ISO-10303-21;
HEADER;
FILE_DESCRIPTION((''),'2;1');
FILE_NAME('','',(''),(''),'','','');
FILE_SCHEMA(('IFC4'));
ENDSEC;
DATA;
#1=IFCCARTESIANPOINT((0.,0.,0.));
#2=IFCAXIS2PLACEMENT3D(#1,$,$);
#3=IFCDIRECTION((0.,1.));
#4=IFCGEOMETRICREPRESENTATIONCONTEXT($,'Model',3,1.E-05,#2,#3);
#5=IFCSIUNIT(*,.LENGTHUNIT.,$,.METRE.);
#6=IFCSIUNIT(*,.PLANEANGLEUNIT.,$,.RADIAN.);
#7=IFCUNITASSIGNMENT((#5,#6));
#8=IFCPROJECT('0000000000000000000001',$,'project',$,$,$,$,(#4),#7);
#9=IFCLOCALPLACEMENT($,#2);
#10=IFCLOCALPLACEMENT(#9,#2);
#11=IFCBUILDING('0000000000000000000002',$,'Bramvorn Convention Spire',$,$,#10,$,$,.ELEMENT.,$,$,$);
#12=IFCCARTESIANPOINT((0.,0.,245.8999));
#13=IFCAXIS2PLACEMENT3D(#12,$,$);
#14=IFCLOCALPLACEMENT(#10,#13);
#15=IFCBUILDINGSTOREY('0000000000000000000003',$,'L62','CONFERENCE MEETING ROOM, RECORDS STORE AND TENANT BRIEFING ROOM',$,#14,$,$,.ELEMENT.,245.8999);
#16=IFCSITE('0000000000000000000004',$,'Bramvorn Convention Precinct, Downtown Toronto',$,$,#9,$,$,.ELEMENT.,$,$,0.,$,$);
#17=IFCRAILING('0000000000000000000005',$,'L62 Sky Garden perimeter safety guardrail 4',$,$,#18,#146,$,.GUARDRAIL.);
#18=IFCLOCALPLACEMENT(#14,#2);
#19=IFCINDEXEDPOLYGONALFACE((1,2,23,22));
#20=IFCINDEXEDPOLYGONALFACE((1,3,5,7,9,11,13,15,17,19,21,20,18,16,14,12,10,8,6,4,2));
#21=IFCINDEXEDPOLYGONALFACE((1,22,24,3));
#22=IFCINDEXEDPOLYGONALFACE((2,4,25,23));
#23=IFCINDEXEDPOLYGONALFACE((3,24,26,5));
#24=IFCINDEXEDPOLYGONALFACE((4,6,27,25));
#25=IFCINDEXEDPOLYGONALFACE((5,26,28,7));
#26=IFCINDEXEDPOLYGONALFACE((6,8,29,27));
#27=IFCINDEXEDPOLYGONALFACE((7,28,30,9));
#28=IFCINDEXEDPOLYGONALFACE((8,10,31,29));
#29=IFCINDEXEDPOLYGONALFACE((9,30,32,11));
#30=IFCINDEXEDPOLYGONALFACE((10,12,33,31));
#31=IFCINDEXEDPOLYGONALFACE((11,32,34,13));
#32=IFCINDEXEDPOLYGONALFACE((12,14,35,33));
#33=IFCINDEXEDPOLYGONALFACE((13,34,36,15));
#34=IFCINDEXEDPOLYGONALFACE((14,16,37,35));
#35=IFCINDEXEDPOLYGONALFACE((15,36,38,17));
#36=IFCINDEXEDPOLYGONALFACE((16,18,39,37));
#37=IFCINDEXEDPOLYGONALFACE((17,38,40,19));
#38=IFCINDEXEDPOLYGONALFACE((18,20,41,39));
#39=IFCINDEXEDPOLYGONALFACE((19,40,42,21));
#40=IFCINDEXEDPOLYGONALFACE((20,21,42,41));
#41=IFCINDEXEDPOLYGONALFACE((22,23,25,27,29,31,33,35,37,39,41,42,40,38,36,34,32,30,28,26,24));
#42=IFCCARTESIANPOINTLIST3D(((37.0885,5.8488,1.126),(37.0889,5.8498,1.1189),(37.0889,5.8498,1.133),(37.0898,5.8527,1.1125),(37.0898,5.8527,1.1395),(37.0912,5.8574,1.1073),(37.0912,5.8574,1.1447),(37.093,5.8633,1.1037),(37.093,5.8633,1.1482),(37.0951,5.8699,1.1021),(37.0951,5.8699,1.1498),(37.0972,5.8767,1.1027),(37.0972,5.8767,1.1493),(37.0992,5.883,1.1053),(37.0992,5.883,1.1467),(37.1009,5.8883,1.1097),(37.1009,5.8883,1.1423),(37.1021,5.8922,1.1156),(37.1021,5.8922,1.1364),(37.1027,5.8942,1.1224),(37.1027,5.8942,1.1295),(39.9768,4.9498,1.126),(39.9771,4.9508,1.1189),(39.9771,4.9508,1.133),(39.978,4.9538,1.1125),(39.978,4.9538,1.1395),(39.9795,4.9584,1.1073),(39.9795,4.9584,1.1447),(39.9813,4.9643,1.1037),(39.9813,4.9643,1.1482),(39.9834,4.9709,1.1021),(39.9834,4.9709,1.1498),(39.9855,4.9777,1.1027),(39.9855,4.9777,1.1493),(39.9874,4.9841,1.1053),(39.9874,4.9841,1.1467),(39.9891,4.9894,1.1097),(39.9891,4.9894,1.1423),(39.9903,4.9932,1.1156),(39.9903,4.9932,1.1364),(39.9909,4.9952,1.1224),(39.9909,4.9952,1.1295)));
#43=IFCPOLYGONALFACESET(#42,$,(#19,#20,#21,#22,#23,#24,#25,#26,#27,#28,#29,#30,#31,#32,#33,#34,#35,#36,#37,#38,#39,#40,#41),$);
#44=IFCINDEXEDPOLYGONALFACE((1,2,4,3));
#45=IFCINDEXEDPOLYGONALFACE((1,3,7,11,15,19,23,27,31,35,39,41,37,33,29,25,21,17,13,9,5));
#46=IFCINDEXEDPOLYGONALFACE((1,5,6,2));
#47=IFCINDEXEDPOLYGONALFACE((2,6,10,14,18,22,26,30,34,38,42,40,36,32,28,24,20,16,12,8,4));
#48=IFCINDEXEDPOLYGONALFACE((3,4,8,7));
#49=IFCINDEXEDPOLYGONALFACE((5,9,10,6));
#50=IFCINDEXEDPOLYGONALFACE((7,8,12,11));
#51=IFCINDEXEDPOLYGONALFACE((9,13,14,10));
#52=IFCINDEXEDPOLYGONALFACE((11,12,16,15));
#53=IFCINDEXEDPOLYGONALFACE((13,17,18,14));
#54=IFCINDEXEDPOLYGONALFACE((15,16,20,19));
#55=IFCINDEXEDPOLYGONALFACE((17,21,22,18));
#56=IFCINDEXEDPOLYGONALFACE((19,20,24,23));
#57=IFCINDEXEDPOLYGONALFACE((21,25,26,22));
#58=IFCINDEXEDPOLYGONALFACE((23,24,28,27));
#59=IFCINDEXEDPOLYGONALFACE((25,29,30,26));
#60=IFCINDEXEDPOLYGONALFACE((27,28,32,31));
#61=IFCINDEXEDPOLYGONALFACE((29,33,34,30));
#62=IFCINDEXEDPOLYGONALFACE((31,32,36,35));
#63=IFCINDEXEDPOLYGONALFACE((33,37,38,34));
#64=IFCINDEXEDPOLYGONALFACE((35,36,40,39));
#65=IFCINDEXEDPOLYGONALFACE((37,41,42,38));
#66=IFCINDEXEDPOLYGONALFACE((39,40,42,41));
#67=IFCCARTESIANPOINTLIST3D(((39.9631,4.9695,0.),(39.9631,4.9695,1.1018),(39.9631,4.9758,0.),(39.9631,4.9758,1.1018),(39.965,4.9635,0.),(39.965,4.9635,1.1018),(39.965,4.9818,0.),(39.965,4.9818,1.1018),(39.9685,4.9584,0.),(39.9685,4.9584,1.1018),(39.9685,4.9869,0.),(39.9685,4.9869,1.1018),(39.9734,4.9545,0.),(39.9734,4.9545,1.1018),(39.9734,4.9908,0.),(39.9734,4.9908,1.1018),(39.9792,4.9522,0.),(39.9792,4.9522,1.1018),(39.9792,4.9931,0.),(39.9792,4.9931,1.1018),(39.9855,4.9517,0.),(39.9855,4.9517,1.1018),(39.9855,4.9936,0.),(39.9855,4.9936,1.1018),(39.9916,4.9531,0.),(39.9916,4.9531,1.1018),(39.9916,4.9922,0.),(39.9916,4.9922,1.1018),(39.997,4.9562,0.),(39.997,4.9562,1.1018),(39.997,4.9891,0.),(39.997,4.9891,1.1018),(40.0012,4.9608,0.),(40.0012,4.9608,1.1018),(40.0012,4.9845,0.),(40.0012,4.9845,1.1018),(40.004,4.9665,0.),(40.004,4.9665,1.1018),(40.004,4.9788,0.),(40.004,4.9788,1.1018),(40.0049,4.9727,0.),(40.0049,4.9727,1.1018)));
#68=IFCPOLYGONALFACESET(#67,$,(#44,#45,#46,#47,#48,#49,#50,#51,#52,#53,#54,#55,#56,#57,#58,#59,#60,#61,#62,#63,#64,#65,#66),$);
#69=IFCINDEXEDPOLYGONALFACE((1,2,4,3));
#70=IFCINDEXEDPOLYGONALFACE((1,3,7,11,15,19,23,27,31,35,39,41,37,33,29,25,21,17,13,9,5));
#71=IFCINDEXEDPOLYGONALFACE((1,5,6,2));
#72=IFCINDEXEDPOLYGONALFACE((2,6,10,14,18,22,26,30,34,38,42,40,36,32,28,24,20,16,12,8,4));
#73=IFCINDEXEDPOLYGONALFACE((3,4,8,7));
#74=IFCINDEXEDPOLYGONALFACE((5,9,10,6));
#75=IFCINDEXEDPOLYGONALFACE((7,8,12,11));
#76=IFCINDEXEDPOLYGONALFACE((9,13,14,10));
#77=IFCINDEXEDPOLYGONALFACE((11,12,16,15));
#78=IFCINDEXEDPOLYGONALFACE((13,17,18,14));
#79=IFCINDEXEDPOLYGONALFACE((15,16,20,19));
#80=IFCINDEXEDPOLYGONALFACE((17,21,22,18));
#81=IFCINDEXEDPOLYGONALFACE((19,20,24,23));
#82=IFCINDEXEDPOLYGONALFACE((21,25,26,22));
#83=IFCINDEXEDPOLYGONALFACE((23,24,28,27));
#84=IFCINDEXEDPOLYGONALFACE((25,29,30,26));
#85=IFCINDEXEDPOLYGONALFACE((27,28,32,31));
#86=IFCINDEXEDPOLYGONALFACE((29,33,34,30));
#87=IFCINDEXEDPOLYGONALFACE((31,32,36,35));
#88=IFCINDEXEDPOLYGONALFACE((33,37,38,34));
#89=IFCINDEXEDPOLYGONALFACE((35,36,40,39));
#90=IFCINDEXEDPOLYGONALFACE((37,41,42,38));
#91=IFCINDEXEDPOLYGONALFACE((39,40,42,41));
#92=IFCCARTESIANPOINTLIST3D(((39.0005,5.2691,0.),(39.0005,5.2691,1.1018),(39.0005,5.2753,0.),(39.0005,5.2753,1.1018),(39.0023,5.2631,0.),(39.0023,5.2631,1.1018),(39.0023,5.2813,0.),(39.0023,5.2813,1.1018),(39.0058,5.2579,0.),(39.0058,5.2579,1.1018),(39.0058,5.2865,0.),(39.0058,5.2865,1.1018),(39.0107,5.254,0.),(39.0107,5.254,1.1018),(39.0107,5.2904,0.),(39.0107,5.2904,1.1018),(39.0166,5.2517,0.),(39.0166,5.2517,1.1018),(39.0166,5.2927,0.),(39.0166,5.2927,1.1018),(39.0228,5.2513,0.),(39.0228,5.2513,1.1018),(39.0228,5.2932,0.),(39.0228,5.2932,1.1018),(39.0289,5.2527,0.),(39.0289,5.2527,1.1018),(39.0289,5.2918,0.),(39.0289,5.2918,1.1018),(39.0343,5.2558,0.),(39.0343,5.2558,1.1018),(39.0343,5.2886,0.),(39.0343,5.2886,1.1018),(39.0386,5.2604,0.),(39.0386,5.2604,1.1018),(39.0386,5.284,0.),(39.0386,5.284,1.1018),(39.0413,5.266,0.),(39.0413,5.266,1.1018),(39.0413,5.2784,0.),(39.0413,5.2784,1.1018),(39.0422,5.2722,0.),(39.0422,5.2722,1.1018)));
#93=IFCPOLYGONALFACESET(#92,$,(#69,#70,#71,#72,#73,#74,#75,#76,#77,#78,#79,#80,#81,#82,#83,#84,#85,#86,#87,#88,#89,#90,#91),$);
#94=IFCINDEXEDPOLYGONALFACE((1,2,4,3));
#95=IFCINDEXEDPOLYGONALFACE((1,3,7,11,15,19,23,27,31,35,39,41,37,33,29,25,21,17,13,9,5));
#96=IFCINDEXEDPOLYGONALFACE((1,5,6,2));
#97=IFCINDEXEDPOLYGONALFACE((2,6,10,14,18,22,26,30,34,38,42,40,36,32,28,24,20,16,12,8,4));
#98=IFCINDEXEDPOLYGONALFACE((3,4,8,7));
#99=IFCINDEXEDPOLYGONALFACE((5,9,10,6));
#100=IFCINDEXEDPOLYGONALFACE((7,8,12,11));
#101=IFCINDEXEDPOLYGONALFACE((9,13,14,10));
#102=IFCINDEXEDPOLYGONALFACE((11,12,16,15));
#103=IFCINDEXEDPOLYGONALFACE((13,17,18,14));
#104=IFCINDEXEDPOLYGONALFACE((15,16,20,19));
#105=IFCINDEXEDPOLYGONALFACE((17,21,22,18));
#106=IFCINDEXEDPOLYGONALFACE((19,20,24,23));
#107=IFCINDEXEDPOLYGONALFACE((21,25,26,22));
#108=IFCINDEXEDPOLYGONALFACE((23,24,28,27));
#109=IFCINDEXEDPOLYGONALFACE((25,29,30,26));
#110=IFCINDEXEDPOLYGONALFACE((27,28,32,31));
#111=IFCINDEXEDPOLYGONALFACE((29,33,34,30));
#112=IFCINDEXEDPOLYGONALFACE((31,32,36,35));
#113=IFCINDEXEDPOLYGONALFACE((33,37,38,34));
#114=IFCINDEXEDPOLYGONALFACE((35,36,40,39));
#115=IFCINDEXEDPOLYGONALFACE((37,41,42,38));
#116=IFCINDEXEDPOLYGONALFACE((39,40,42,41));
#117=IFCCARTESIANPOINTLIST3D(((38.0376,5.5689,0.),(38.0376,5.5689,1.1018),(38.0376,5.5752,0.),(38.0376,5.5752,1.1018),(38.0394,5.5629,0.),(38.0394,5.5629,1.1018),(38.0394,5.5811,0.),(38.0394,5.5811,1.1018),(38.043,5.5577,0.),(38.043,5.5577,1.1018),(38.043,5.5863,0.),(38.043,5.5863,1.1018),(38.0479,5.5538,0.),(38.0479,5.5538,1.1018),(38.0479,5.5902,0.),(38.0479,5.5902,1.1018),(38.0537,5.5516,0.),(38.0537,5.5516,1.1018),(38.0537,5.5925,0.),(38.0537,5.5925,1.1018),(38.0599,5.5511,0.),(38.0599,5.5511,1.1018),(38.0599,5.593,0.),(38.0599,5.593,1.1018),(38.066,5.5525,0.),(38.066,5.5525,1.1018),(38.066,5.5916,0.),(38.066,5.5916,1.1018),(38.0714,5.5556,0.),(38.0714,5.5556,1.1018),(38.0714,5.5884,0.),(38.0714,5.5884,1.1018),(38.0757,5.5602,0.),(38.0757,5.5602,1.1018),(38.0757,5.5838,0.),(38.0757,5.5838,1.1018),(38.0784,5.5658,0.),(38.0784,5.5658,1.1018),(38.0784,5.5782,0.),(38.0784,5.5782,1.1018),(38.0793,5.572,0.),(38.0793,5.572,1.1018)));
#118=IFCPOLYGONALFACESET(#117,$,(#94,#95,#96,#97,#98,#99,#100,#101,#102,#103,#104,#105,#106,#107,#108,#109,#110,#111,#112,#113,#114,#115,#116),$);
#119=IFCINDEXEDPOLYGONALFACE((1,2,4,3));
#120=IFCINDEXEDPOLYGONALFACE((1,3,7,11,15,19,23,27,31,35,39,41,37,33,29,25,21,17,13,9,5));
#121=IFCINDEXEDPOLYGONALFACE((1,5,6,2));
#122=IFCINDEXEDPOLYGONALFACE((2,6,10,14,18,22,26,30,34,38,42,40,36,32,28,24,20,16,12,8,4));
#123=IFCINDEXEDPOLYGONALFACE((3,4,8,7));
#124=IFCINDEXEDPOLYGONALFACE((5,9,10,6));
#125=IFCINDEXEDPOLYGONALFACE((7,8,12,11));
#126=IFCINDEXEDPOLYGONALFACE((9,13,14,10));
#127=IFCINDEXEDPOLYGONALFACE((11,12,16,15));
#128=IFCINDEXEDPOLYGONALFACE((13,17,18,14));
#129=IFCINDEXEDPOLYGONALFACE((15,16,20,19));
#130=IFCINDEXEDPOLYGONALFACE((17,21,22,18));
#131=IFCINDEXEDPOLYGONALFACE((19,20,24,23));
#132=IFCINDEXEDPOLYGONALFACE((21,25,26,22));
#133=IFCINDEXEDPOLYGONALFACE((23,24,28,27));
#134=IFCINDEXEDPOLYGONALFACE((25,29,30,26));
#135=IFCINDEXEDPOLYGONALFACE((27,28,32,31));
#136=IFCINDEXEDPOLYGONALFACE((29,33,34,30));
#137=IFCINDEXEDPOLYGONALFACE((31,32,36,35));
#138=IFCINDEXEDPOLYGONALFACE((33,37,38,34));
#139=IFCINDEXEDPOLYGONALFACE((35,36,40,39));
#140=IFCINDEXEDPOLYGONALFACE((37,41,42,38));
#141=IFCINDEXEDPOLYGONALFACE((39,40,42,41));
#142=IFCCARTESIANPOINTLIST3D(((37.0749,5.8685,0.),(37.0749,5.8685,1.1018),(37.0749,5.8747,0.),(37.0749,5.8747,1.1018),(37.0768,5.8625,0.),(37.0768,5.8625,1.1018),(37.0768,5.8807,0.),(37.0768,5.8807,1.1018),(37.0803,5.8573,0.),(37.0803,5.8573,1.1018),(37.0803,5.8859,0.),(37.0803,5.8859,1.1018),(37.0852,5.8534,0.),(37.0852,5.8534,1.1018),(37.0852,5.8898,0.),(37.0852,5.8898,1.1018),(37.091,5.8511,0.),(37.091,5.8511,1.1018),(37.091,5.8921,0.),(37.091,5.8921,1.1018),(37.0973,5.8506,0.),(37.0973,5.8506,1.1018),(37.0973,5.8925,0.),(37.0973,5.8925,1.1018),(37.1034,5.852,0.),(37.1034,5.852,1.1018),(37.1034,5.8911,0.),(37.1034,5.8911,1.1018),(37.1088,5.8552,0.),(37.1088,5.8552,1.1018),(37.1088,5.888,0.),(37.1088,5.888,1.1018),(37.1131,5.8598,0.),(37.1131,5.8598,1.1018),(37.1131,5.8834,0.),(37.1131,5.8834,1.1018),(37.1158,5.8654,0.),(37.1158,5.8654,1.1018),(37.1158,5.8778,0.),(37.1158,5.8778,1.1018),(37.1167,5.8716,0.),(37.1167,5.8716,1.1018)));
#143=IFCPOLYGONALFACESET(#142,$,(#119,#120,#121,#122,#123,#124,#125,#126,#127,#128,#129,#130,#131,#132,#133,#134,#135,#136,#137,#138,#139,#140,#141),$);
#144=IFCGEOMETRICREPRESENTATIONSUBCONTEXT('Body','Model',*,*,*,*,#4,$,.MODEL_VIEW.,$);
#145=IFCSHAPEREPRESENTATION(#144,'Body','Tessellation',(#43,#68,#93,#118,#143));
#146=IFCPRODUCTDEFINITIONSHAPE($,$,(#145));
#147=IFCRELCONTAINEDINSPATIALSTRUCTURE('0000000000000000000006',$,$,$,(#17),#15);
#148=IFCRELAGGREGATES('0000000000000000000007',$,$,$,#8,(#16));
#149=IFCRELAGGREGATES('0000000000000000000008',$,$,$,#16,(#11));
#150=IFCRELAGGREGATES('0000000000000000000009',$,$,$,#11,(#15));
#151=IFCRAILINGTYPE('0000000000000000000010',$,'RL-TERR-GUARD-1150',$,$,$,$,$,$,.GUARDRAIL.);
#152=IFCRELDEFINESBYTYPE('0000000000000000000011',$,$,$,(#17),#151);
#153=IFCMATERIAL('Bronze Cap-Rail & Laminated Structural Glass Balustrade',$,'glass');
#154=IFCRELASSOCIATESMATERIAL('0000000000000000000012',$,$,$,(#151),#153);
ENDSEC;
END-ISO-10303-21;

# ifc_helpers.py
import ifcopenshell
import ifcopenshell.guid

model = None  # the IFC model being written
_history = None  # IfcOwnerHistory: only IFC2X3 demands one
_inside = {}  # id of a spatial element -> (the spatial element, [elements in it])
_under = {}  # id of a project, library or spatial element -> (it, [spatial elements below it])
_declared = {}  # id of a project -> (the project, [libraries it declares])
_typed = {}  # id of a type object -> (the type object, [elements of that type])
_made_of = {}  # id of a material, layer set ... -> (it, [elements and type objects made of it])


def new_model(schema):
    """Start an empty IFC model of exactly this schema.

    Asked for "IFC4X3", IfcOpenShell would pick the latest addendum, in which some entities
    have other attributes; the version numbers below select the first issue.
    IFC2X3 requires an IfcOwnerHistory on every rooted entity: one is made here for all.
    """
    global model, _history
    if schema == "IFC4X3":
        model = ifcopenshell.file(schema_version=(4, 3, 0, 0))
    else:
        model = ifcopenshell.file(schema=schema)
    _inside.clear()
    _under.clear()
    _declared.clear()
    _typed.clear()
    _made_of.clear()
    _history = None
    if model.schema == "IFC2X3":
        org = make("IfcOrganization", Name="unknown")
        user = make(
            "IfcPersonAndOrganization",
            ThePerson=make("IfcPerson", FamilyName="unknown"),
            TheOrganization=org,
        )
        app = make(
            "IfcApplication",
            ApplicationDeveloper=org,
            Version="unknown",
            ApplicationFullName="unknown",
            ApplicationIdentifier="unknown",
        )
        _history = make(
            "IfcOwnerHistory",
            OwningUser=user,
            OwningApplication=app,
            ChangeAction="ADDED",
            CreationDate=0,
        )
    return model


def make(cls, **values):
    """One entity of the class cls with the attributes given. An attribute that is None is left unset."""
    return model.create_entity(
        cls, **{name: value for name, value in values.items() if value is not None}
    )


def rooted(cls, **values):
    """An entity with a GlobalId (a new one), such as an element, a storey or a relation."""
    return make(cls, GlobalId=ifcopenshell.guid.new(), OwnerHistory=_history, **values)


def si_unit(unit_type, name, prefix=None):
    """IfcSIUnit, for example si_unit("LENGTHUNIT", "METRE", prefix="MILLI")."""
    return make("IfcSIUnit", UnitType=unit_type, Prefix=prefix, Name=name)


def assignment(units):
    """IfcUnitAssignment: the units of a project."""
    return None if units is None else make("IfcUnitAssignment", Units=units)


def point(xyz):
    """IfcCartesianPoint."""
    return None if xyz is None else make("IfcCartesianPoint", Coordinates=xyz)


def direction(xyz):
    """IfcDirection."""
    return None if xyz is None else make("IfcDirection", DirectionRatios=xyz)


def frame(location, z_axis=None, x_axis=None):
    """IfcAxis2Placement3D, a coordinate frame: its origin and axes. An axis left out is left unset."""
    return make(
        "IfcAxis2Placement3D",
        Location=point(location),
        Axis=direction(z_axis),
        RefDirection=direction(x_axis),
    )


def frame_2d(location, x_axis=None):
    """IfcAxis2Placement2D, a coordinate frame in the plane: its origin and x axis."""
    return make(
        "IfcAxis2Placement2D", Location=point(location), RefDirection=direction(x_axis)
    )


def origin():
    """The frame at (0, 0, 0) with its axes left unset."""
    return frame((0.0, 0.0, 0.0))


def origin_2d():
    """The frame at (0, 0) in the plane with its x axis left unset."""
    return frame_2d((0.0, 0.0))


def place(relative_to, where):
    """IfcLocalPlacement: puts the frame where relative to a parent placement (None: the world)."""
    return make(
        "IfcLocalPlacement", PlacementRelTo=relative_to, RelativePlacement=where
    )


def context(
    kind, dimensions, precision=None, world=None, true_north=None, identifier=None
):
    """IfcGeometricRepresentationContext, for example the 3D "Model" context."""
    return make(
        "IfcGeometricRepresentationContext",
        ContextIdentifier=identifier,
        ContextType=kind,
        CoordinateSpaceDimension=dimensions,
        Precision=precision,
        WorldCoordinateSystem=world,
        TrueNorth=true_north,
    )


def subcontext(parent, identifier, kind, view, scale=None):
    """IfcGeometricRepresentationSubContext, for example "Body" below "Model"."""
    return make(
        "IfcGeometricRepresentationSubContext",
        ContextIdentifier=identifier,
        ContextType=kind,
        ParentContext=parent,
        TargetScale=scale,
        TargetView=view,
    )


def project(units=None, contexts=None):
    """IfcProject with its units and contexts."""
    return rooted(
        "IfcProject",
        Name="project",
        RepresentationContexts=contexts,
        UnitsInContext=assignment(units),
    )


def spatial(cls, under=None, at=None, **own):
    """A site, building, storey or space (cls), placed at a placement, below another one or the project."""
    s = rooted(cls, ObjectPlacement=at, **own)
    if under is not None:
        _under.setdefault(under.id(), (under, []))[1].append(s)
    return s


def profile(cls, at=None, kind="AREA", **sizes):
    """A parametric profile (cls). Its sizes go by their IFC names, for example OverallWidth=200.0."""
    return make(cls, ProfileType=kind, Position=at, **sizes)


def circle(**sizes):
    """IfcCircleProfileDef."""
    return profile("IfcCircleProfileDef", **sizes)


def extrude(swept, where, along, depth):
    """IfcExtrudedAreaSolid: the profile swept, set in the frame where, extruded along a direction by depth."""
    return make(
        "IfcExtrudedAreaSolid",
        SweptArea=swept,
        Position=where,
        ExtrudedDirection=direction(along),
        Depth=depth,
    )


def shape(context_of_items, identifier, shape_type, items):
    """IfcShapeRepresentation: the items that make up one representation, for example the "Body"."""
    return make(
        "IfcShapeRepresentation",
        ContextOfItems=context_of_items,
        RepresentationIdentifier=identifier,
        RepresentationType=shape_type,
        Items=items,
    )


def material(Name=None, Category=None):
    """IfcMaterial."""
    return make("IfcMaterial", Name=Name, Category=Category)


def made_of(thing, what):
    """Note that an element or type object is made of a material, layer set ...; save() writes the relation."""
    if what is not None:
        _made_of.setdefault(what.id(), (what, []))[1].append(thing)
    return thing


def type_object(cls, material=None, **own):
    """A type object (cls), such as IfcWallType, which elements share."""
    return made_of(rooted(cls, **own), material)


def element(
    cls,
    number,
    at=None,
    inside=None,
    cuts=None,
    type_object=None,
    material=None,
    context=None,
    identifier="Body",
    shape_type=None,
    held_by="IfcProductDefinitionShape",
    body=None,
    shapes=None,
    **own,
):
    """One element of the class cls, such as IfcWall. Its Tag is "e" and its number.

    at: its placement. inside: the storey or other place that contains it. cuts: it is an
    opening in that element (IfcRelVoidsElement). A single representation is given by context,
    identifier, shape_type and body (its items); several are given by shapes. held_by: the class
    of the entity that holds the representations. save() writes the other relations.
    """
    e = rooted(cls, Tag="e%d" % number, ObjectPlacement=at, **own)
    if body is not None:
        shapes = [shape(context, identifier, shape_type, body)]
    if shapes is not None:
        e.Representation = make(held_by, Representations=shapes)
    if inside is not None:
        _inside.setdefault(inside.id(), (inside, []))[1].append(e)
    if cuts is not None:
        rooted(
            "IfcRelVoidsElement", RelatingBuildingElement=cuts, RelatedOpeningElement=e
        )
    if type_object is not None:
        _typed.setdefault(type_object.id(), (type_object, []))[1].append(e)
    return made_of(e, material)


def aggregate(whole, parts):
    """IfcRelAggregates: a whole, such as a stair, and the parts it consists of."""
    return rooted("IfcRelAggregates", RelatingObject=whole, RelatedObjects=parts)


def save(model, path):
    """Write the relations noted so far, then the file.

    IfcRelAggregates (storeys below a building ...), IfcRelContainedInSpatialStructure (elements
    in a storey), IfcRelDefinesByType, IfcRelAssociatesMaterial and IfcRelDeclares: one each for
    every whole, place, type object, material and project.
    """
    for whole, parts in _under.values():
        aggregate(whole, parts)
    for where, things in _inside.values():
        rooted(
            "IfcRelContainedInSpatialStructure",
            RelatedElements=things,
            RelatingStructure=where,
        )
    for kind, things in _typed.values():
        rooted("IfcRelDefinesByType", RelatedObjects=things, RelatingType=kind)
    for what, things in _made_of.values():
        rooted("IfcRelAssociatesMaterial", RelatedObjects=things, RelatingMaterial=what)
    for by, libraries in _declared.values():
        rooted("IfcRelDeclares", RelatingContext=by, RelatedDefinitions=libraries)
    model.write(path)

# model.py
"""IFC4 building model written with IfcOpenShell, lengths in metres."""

from ifc_helpers import new_model, si_unit, direction, frame, origin, origin_2d, place, context, subcontext, project, spatial, circle, extrude, material, type_object, element, save


model = new_model("IFC4")

# Units and contexts
model_context = context("Model", 3, precision=1e-05, world=origin(), true_north=direction((0.0, 1.0)))
body_context = subcontext(model_context, "Body", "Model", "MODEL_VIEW")
ifc_project = project(units=[si_unit("LENGTHUNIT", "METRE"), si_unit("PLANEANGLEUNIT", "RADIAN")], contexts=[model_context])

# Site, building, storey
site_placement = place(None, origin())
site = spatial("IfcSite", under=ifc_project, at=site_placement, Name="Bramvorn Convention Precinct, Downtown Toronto", CompositionType="ELEMENT", RefElevation=0.0)
building_placement = place(site_placement, origin())
building = spatial("IfcBuilding", under=site, at=building_placement, Name="Bramvorn Convention Spire", CompositionType="ELEMENT")
storey_placement = place(building_placement, frame((0.0, 0.0, 245.8999)))
storey = spatial("IfcBuildingStorey", under=building, at=storey_placement, Name="L62", Description="CONFERENCE MEETING ROOM, RECORDS STORE AND TENANT BRIEFING ROOM", CompositionType="ELEMENT", Elevation=245.8999)

# Railing
ifc_material_1 = material(Name="Bronze Cap-Rail & Laminated Structural Glass Balustrade", Category="glass")
railing_type = type_object("IfcRailingType", Name="RL-TERR-GUARD-1150", PredefinedType="GUARDRAIL", material=ifc_material_1)
railing_1_placement = place(storey_placement, frame((39.9839, 4.9727, 0.0)))
element("IfcRailing", 1, at=railing_1_placement, inside=storey, type_object=railing_type, Name="L62 Sky Garden perimeter safety guardrail 4", PredefinedType="GUARDRAIL", context=body_context, shape_type="SweptSolid", body=[
    extrude(circle(Radius=0.0239, at=origin_2d()), frame((0.0, 0.0, 1.126), z_axis=(-0.954821, 0.297181, 0.0), x_axis=(-0.297181, -0.954821, 0.0)), (0.0, 0.0, 1.0), 3.0249),
    extrude(circle(Radius=0.021, at=origin_2d()), origin(), (0.0, 0.0, 1.0), 1.1018),
    extrude(circle(Radius=0.021, at=origin_2d()), frame((-0.9626, 0.2996, 0.0)), (0.0, 0.0, 1.0), 1.1018),
    extrude(circle(Radius=0.021, at=origin_2d()), frame((-1.9255, 0.5994, 0.0)), (0.0, 0.0, 1.0), 1.1018),
    extrude(circle(Radius=0.021, at=origin_2d()), frame((-2.8882, 0.8989, 0.0)), (0.0, 0.0, 1.0), 1.1018),
])

save(model, "model.ifc")
